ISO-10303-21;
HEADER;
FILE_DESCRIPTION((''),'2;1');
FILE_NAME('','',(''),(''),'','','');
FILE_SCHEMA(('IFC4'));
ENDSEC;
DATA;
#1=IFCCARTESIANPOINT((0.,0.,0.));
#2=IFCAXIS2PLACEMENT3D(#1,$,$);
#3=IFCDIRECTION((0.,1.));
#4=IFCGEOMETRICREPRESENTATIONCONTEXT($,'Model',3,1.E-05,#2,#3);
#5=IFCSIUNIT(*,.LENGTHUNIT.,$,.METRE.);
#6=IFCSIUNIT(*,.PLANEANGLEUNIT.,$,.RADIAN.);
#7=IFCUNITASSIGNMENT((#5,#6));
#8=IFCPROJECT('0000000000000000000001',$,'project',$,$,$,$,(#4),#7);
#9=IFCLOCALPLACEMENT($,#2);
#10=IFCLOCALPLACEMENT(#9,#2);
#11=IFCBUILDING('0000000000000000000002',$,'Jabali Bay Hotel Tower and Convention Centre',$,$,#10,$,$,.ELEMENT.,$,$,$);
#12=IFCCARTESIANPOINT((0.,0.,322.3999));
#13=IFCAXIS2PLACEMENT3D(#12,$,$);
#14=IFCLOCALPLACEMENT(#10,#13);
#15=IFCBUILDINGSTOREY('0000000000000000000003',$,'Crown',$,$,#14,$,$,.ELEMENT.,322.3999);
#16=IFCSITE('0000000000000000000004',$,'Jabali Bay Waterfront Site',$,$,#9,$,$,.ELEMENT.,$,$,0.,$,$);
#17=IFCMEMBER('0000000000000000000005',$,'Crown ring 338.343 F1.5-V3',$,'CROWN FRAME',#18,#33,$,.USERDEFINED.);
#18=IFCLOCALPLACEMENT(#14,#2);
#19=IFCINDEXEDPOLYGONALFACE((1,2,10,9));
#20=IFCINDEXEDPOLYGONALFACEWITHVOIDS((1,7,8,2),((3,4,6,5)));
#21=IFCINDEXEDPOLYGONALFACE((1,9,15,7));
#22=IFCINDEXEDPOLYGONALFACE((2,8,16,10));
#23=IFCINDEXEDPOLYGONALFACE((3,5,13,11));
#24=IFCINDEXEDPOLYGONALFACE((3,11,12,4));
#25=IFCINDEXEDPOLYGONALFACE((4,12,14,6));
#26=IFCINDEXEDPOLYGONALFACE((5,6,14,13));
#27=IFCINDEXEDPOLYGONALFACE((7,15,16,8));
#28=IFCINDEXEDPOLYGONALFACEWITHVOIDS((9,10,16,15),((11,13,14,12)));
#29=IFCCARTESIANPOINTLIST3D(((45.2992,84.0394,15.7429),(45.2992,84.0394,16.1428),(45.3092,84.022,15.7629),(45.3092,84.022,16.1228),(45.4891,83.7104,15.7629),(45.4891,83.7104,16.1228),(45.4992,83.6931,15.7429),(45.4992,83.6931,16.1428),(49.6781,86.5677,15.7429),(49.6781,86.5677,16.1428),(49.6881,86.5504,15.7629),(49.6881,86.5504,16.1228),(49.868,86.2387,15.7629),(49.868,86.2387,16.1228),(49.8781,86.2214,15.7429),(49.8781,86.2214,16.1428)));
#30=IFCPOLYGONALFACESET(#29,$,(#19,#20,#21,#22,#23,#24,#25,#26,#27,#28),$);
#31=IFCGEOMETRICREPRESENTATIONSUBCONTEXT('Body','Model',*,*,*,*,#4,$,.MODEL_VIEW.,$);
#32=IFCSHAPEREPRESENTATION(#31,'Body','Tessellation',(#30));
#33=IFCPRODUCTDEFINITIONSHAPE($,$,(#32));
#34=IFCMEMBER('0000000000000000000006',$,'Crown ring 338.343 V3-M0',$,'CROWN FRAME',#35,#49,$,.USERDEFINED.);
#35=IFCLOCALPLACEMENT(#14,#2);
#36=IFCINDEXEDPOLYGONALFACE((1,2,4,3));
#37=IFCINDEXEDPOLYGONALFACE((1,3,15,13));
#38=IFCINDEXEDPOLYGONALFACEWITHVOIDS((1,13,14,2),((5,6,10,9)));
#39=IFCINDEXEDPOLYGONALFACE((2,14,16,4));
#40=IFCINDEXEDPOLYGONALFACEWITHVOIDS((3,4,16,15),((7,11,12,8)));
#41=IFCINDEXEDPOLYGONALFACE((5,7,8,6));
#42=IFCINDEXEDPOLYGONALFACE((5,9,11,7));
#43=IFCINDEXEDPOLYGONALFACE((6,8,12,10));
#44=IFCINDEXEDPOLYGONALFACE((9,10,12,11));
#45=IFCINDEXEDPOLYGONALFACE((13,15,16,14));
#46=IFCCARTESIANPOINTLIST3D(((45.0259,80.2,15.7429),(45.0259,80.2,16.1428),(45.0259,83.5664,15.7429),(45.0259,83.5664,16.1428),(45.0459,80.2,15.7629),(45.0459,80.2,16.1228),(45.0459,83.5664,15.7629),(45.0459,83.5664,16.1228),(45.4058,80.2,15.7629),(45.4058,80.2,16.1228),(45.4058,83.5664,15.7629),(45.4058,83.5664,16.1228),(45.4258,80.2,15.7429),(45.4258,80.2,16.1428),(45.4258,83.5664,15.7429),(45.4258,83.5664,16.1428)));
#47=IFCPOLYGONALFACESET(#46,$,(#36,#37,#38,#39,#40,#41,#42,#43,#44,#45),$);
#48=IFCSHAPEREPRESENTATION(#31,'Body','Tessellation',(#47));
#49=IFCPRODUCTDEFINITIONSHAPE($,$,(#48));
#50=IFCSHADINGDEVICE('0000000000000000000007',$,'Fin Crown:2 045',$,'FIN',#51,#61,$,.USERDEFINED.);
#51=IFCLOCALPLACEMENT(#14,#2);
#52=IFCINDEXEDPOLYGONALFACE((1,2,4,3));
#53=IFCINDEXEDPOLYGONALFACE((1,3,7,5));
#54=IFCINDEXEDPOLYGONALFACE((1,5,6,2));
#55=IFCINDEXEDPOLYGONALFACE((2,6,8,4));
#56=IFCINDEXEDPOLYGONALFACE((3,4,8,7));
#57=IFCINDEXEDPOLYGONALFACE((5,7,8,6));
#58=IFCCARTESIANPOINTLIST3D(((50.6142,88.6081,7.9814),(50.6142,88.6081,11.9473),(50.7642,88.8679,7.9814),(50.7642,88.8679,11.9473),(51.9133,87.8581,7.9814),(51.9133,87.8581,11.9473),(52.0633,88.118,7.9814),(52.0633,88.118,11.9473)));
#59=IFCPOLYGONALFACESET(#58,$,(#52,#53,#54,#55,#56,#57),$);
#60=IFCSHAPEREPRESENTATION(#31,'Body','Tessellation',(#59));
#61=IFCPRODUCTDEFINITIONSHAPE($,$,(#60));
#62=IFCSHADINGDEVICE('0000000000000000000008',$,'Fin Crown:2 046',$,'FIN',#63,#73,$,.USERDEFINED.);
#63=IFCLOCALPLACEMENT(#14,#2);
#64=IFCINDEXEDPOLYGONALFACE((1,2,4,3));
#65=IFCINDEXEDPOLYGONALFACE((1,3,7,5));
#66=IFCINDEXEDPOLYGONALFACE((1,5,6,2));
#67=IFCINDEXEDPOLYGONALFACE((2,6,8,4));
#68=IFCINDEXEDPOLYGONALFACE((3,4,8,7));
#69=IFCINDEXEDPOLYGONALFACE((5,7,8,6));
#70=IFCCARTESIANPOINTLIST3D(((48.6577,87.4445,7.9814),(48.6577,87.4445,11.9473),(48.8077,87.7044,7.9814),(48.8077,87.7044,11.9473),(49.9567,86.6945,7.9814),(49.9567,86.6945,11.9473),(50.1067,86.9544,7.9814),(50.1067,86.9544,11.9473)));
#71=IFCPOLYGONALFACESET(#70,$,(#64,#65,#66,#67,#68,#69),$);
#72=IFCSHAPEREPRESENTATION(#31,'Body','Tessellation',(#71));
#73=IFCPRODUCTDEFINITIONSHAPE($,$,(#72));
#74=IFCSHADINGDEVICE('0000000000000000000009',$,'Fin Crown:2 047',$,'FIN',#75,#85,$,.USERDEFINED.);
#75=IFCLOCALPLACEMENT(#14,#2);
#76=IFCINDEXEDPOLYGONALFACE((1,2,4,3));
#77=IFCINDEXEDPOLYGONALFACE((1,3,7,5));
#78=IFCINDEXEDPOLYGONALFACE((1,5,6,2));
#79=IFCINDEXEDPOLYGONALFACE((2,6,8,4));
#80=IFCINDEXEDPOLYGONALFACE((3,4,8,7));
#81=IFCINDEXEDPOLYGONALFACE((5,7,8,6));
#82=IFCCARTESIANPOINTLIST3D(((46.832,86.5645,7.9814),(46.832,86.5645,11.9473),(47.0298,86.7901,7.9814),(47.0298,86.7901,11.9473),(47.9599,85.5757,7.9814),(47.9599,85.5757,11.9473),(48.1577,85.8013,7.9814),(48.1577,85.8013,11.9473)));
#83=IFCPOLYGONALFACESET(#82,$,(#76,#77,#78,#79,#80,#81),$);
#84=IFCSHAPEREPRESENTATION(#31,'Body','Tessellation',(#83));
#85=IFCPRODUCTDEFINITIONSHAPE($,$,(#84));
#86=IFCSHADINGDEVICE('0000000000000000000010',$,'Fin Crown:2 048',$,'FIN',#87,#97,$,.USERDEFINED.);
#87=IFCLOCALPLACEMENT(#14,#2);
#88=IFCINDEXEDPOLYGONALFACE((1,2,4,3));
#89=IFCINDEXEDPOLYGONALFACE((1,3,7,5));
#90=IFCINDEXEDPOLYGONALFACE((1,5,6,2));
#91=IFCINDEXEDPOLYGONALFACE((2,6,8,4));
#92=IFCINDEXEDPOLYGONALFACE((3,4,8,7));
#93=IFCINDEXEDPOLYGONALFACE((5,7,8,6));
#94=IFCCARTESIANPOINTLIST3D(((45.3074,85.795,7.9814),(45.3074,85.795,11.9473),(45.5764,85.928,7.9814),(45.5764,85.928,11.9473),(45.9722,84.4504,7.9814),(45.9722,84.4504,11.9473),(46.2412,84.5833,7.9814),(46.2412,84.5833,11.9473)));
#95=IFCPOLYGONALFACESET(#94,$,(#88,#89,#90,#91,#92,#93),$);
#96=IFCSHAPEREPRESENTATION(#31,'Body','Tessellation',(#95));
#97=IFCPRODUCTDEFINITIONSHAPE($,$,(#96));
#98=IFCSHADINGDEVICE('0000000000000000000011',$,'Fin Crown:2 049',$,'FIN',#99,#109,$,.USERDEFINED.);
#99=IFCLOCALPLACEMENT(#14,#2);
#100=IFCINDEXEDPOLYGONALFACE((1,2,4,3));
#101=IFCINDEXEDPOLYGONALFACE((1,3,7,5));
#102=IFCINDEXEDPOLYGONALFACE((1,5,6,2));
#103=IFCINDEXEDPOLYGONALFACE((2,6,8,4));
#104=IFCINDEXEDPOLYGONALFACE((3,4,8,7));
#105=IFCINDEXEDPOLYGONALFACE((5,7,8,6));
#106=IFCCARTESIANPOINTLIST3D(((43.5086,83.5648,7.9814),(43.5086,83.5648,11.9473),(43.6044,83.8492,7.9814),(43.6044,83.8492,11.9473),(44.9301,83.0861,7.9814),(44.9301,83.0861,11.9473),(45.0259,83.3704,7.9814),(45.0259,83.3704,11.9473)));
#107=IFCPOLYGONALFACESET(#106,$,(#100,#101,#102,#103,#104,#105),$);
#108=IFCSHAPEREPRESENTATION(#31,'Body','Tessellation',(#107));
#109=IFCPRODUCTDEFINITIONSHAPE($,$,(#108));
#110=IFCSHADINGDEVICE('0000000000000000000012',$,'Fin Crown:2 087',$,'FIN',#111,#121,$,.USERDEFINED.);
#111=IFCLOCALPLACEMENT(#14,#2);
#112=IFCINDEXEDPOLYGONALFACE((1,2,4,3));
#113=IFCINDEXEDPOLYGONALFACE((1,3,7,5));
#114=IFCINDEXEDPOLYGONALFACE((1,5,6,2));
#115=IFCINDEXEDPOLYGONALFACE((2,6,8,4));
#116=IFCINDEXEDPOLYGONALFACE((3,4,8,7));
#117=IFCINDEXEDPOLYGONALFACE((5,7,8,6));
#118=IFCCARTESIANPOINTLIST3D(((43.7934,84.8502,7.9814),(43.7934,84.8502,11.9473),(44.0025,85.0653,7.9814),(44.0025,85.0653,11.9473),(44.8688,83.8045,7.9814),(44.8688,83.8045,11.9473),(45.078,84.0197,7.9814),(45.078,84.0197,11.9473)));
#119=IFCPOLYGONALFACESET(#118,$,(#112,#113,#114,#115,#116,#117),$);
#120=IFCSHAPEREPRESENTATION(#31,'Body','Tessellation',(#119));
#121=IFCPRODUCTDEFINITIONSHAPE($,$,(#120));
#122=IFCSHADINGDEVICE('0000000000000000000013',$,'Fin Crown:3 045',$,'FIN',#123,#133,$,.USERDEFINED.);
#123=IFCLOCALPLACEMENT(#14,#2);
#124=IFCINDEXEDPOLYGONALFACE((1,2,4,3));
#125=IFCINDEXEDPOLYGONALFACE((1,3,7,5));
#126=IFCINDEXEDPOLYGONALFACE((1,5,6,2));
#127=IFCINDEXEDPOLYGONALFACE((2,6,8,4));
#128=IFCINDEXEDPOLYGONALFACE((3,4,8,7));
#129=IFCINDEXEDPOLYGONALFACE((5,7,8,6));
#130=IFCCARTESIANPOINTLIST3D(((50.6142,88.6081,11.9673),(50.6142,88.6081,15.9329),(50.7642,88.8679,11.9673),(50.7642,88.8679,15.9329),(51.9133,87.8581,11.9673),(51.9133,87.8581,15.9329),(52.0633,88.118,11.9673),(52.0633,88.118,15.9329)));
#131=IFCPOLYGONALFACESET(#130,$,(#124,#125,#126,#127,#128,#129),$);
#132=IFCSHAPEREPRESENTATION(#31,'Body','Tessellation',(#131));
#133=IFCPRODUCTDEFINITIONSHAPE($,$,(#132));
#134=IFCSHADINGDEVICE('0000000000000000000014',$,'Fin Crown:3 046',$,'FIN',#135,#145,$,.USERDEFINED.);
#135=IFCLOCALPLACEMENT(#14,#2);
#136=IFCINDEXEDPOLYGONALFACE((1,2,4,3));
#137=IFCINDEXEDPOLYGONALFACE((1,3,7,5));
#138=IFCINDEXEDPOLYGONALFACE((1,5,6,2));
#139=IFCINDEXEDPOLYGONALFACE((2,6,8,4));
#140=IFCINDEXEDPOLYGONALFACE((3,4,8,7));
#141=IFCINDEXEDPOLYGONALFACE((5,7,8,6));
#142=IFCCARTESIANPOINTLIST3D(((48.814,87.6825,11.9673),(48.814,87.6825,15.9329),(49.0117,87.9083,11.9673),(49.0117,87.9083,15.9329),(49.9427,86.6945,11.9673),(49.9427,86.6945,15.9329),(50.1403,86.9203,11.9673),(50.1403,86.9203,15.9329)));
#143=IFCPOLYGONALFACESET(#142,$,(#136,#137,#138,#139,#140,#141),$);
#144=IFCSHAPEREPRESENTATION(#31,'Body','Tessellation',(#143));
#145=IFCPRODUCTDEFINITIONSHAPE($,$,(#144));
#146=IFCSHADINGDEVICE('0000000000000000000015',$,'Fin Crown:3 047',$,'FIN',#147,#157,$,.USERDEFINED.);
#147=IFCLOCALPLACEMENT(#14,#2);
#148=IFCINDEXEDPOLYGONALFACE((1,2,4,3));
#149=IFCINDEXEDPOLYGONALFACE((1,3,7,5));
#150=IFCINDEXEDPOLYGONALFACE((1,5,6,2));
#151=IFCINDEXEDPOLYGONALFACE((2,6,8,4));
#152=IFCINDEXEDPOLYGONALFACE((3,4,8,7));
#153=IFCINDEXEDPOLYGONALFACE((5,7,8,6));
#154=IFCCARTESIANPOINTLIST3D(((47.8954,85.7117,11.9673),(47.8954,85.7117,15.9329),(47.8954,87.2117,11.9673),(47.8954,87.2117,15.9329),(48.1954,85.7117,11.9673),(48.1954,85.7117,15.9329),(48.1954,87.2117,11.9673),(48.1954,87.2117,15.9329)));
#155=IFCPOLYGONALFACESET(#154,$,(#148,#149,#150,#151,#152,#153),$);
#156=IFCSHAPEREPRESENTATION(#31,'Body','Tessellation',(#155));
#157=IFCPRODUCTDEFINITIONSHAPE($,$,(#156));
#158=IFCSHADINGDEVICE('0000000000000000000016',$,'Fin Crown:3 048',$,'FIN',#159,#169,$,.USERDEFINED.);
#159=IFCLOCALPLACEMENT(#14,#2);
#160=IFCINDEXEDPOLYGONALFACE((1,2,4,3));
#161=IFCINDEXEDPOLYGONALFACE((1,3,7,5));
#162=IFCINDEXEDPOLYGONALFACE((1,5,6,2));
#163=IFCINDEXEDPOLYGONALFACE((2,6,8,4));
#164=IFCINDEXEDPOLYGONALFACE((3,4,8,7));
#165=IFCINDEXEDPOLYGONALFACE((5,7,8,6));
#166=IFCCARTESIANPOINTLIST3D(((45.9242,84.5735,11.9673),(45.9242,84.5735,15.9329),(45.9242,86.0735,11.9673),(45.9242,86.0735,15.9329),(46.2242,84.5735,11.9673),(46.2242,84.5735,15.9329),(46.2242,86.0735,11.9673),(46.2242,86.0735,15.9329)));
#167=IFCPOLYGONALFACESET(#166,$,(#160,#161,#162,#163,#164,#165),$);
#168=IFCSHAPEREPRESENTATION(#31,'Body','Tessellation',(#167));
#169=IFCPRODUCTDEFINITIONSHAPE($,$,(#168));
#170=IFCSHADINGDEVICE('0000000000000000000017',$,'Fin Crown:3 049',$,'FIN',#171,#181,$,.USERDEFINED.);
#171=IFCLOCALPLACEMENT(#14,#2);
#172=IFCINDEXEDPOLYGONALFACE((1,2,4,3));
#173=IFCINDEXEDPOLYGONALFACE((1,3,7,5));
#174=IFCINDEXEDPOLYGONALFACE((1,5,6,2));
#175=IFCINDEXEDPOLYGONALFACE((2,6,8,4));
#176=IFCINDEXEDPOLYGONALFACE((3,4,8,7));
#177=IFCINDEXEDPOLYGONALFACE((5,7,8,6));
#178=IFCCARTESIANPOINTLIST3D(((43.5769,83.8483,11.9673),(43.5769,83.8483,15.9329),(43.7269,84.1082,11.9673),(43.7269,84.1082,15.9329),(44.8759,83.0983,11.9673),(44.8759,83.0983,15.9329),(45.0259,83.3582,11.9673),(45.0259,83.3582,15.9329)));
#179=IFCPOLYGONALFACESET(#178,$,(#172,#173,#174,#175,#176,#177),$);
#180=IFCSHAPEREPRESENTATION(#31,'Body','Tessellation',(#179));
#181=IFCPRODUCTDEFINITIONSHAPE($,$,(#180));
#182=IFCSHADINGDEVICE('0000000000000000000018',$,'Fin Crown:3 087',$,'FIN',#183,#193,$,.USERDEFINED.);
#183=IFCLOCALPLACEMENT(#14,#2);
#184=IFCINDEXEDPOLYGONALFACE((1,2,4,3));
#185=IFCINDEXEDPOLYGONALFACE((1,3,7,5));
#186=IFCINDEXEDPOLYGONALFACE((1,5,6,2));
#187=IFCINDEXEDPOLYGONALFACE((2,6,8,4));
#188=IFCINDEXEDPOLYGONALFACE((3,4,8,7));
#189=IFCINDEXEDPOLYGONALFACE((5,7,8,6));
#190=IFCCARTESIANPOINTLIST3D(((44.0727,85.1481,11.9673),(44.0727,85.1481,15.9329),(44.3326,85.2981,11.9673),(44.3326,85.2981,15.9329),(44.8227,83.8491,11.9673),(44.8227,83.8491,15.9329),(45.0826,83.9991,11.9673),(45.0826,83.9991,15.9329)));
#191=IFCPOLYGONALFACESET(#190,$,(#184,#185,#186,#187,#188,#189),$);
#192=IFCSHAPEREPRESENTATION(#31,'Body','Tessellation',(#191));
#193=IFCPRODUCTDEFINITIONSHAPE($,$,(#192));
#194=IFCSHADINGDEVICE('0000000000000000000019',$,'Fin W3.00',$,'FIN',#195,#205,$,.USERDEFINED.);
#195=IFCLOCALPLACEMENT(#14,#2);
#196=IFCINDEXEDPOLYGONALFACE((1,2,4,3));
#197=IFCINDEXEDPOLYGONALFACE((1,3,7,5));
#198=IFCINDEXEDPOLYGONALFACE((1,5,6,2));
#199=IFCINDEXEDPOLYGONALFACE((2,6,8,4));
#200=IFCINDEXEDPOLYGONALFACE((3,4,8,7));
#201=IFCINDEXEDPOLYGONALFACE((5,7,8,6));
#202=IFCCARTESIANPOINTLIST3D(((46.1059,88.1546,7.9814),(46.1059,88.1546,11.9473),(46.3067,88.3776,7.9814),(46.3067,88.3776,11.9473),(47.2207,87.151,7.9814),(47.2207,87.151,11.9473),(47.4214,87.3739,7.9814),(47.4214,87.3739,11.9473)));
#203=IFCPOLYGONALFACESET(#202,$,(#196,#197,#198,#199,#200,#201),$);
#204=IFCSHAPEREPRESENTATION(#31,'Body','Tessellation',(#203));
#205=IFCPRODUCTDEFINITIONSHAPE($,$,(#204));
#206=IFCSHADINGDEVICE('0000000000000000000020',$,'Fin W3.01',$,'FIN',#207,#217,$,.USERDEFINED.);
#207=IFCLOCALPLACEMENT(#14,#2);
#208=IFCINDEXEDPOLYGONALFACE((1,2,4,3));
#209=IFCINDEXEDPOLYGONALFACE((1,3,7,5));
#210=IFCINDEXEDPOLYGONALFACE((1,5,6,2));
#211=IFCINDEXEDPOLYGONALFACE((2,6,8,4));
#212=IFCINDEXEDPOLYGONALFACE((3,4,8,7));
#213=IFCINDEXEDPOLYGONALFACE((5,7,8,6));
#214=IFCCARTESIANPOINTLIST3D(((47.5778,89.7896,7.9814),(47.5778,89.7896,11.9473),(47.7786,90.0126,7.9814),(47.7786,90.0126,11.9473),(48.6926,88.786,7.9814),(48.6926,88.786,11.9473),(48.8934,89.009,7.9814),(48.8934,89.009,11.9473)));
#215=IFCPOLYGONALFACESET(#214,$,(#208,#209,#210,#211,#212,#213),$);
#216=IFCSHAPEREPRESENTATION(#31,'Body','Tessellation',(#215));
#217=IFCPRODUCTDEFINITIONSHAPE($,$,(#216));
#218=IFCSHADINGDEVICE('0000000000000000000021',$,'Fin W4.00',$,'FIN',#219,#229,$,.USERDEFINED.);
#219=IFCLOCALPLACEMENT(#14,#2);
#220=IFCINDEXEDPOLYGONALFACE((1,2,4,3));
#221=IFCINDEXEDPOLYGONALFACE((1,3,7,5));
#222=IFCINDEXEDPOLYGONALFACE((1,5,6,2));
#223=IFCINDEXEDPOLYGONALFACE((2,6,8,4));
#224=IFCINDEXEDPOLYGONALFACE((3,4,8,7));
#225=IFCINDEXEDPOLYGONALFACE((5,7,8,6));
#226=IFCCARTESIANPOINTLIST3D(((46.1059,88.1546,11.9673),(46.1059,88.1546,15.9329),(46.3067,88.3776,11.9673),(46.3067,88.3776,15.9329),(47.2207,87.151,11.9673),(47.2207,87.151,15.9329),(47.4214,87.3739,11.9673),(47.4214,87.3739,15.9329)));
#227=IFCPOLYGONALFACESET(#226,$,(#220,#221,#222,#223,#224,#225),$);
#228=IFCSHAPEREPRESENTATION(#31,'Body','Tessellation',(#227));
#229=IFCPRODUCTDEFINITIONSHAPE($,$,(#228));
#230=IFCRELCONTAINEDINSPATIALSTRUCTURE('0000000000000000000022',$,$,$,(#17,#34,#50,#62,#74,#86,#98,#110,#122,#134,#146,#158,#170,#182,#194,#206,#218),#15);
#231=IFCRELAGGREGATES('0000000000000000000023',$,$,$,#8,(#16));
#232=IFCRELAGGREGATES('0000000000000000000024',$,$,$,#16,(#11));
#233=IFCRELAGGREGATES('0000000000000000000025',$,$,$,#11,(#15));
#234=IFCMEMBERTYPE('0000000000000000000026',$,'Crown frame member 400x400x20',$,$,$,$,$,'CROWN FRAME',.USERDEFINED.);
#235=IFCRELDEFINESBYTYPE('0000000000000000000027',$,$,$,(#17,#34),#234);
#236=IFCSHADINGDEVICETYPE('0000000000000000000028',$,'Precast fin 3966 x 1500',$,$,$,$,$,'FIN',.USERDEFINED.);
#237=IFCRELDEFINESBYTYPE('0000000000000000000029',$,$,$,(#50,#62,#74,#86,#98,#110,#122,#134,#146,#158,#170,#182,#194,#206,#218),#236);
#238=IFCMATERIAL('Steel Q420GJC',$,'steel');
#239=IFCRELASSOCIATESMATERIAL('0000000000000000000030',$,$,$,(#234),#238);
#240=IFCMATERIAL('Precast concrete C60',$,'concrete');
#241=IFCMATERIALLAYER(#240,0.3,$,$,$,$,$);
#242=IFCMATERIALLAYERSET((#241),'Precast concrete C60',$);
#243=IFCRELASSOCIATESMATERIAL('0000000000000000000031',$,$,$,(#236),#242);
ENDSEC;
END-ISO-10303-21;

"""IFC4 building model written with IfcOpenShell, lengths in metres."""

from ifc_helpers import new_model, si_unit, direction, frame, frame_2d, origin, origin_2d, place, context, subcontext, project, spatial, rectangle, hollow_rectangle, extrude, material, layer, layer_set, material_profile, profile_set, type_object, element, save


model = new_model("IFC4")

# Units and contexts
model_context = context("Model", 3, precision=1e-05, world=origin(), true_north=direction((0.0, 1.0)))
body_context = subcontext(model_context, "Body", "Model", "MODEL_VIEW")
ifc_project = project(units=[si_unit("LENGTHUNIT", "METRE"), si_unit("PLANEANGLEUNIT", "RADIAN")], contexts=[model_context])

# Site, building, storey
site_placement = place(None, origin())
site = spatial("IfcSite", under=ifc_project, at=site_placement, Name="Jabali Bay Waterfront Site", CompositionType="ELEMENT", RefElevation=0.0)
building_placement = place(site_placement, origin())
building = spatial("IfcBuilding", under=site, at=building_placement, Name="Jabali Bay Hotel Tower and Convention Centre", CompositionType="ELEMENT")
storey_placement = place(building_placement, frame((0.0, 0.0, 322.3999)))
storey = spatial("IfcBuildingStorey", under=building, at=storey_placement, Name="Crown", CompositionType="ELEMENT", Elevation=322.3999)

# Members
ifc_material_1 = material(Name="Steel Q420GJC", Category="steel")
ifc_material_profile_1 = material_profile(ifc_material_1, hollow_rectangle(XDim=0.3999, YDim=0.3999, WallThickness=0.02, at=origin_2d()), Name="Crown frame member 400x400x20")
ifc_profile_set_1 = profile_set([ifc_material_profile_1], Name="Steel Q420GJC")
member_type_1 = type_object("IfcMemberType", Name="Crown frame member 400x400x20", ElementType="CROWN FRAME", PredefinedType="USERDEFINED", material=ifc_profile_set_1)
member_1_placement = place(storey_placement, frame((49.7781, 86.3945, 15.9429), z_axis=(-0.866012, -0.500023, 0.0), x_axis=(0.500023, -0.866012, 0.0)))
element("IfcMember", 1, at=member_1_placement, inside=storey, type_object=member_type_1, Name="Crown ring 338.343 F1.5-V3", ObjectType="CROWN FRAME", PredefinedType="USERDEFINED", context=body_context, shape_type="SweptSolid", body=[
    extrude(hollow_rectangle(XDim=0.3999, YDim=0.3999, WallThickness=0.02, at=origin_2d()), origin(), (0.0, 0.0, 1.0), 5.0564),
])
member_2_placement = place(storey_placement, frame((45.2258, 83.5664, 15.9429), z_axis=(0.0, -1.0, 0.0), x_axis=(1.0, 0.0, 0.0)))
element("IfcMember", 2, at=member_2_placement, inside=storey, type_object=member_type_1, Name="Crown ring 338.343 V3-M0", ObjectType="CROWN FRAME", PredefinedType="USERDEFINED", context=body_context, shape_type="SweptSolid", body=[
    extrude(hollow_rectangle(XDim=0.3999, YDim=0.3999, WallThickness=0.02, at=origin_2d()), origin(), (0.0, 0.0, 1.0), 3.3665),
])

# Shading devices
ifc_material_2 = material(Name="Precast concrete C60", Category="concrete")
ifc_layer = layer(ifc_material_2, 0.3)
ifc_layer_set = layer_set([ifc_layer], Name="Precast concrete C60")
shading_device_type = type_object("IfcShadingDeviceType", Name="Precast fin 3966 x 1500", ElementType="FIN", PredefinedType="USERDEFINED", material=ifc_layer_set)
for number, where, z_axis, x_axis, name in (
    (3, (51.9883, 87.988, 7.9814), (0.0, 0.0, 1.0), (-0.866031, 0.49999, 0.0), "Fin Crown:2 045"),
    (4, (50.0317, 86.8245, 7.9814), (0.0, 0.0, 1.0), (-0.866031, 0.49999, 0.0), "Fin Crown:2 046"),
    (5, (48.0588, 85.6885, 7.9814), (0.0, 0.0, 1.0), (-0.751971, 0.659196, 0.0), "Fin Crown:2 047"),
    (6, (46.1067, 84.5168, 7.9814), (0.0, 0.0, 1.0), (-0.443173, 0.896436, 0.0), "Fin Crown:2 048"),
    (7, (44.978, 83.2283, 7.9814), (0.0, 0.0, 1.0), (-0.947702, 0.319156, 0.0), "Fin Crown:2 049"),
    (8, (44.9734, 83.9121, 7.9814), (0.0, 0.0, 1.0), (-0.716966, 0.697109, 0.0), "Fin Crown:2 087"),
):
    element("IfcShadingDevice", number, at=place(storey_placement, frame(where, z_axis=z_axis, x_axis=x_axis)), inside=storey, type_object=shading_device_type, Name=name, ObjectType="FIN", PredefinedType="USERDEFINED", context=body_context, shape_type="SweptSolid", body=[
        extrude(rectangle(XDim=1.5, YDim=0.3, at=frame_2d((0.75, 0.0))), origin(), (0.0, 0.0, 1.0), 3.9658),
    ])
for number, where, z_axis, x_axis, name in (
    (9, (51.9883, 87.988, 11.9673), (0.0, 0.0, 1.0), (-0.866031, 0.49999, 0.0), "Fin Crown:3 045"),
    (10, (50.0415, 86.8074, 11.9673), (0.0, 0.0, 1.0), (-0.752425, 0.658677, 0.0), "Fin Crown:3 046"),
    (11, (48.0454, 85.7117, 11.9673), (0.0, 0.0, 1.0), (0.0, 1.0, 0.0), "Fin Crown:3 047"),
    (12, (46.0742, 84.5735, 11.9673), (0.0, 0.0, 1.0), (0.0, 1.0, 0.0), "Fin Crown:3 048"),
    (13, (44.9509, 83.2283, 11.9673), (0.0, 0.0, 1.0), (-0.866031, 0.49999, 0.0), "Fin Crown:3 049"),
    (14, (44.9526, 83.9241, 11.9673), (0.0, 0.0, 1.0), (-0.49999, 0.866031, 0.0), "Fin Crown:3 087"),
):
    element("IfcShadingDevice", number, at=place(storey_placement, frame(where, z_axis=z_axis, x_axis=x_axis)), inside=storey, type_object=shading_device_type, Name=name, ObjectType="FIN", PredefinedType="USERDEFINED", context=body_context, shape_type="SweptSolid", body=[
        extrude(rectangle(XDim=1.5, YDim=0.3, at=frame_2d((0.75, 0.0))), origin(), (0.0, 0.0, 1.0), 3.9656),
    ])
for number, where, z_axis, x_axis, name in (
    (15, (47.321, 87.2625, 7.9814), (0.0, 0.0, 1.0), (-0.743165, 0.669109, 0.0), "Fin W3.00"),
    (16, (48.793, 88.8975, 7.9814), (0.0, 0.0, 1.0), (-0.743165, 0.669109, 0.0), "Fin W3.01"),
):
    element("IfcShadingDevice", number, at=place(storey_placement, frame(where, z_axis=z_axis, x_axis=x_axis)), inside=storey, type_object=shading_device_type, Name=name, ObjectType="FIN", PredefinedType="USERDEFINED", context=body_context, shape_type="SweptSolid", body=[
        extrude(rectangle(XDim=1.5, YDim=0.3, at=frame_2d((0.75, 0.0))), origin(), (0.0, 0.0, 1.0), 3.9658),
    ])
for number, where, z_axis, x_axis, name in (
    (17, (47.321, 87.2625, 11.9673), (0.0, 0.0, 1.0), (-0.743165, 0.669109, 0.0), "Fin W4.00"),
):
    element("IfcShadingDevice", number, at=place(storey_placement, frame(where, z_axis=z_axis, x_axis=x_axis)), inside=storey, type_object=shading_device_type, Name=name, ObjectType="FIN", PredefinedType="USERDEFINED", context=body_context, shape_type="SweptSolid", body=[
        extrude(rectangle(XDim=1.5, YDim=0.3, at=frame_2d((0.75, 0.0))), origin(), (0.0, 0.0, 1.0), 3.9656),
    ])

save(model, "model.ifc")
